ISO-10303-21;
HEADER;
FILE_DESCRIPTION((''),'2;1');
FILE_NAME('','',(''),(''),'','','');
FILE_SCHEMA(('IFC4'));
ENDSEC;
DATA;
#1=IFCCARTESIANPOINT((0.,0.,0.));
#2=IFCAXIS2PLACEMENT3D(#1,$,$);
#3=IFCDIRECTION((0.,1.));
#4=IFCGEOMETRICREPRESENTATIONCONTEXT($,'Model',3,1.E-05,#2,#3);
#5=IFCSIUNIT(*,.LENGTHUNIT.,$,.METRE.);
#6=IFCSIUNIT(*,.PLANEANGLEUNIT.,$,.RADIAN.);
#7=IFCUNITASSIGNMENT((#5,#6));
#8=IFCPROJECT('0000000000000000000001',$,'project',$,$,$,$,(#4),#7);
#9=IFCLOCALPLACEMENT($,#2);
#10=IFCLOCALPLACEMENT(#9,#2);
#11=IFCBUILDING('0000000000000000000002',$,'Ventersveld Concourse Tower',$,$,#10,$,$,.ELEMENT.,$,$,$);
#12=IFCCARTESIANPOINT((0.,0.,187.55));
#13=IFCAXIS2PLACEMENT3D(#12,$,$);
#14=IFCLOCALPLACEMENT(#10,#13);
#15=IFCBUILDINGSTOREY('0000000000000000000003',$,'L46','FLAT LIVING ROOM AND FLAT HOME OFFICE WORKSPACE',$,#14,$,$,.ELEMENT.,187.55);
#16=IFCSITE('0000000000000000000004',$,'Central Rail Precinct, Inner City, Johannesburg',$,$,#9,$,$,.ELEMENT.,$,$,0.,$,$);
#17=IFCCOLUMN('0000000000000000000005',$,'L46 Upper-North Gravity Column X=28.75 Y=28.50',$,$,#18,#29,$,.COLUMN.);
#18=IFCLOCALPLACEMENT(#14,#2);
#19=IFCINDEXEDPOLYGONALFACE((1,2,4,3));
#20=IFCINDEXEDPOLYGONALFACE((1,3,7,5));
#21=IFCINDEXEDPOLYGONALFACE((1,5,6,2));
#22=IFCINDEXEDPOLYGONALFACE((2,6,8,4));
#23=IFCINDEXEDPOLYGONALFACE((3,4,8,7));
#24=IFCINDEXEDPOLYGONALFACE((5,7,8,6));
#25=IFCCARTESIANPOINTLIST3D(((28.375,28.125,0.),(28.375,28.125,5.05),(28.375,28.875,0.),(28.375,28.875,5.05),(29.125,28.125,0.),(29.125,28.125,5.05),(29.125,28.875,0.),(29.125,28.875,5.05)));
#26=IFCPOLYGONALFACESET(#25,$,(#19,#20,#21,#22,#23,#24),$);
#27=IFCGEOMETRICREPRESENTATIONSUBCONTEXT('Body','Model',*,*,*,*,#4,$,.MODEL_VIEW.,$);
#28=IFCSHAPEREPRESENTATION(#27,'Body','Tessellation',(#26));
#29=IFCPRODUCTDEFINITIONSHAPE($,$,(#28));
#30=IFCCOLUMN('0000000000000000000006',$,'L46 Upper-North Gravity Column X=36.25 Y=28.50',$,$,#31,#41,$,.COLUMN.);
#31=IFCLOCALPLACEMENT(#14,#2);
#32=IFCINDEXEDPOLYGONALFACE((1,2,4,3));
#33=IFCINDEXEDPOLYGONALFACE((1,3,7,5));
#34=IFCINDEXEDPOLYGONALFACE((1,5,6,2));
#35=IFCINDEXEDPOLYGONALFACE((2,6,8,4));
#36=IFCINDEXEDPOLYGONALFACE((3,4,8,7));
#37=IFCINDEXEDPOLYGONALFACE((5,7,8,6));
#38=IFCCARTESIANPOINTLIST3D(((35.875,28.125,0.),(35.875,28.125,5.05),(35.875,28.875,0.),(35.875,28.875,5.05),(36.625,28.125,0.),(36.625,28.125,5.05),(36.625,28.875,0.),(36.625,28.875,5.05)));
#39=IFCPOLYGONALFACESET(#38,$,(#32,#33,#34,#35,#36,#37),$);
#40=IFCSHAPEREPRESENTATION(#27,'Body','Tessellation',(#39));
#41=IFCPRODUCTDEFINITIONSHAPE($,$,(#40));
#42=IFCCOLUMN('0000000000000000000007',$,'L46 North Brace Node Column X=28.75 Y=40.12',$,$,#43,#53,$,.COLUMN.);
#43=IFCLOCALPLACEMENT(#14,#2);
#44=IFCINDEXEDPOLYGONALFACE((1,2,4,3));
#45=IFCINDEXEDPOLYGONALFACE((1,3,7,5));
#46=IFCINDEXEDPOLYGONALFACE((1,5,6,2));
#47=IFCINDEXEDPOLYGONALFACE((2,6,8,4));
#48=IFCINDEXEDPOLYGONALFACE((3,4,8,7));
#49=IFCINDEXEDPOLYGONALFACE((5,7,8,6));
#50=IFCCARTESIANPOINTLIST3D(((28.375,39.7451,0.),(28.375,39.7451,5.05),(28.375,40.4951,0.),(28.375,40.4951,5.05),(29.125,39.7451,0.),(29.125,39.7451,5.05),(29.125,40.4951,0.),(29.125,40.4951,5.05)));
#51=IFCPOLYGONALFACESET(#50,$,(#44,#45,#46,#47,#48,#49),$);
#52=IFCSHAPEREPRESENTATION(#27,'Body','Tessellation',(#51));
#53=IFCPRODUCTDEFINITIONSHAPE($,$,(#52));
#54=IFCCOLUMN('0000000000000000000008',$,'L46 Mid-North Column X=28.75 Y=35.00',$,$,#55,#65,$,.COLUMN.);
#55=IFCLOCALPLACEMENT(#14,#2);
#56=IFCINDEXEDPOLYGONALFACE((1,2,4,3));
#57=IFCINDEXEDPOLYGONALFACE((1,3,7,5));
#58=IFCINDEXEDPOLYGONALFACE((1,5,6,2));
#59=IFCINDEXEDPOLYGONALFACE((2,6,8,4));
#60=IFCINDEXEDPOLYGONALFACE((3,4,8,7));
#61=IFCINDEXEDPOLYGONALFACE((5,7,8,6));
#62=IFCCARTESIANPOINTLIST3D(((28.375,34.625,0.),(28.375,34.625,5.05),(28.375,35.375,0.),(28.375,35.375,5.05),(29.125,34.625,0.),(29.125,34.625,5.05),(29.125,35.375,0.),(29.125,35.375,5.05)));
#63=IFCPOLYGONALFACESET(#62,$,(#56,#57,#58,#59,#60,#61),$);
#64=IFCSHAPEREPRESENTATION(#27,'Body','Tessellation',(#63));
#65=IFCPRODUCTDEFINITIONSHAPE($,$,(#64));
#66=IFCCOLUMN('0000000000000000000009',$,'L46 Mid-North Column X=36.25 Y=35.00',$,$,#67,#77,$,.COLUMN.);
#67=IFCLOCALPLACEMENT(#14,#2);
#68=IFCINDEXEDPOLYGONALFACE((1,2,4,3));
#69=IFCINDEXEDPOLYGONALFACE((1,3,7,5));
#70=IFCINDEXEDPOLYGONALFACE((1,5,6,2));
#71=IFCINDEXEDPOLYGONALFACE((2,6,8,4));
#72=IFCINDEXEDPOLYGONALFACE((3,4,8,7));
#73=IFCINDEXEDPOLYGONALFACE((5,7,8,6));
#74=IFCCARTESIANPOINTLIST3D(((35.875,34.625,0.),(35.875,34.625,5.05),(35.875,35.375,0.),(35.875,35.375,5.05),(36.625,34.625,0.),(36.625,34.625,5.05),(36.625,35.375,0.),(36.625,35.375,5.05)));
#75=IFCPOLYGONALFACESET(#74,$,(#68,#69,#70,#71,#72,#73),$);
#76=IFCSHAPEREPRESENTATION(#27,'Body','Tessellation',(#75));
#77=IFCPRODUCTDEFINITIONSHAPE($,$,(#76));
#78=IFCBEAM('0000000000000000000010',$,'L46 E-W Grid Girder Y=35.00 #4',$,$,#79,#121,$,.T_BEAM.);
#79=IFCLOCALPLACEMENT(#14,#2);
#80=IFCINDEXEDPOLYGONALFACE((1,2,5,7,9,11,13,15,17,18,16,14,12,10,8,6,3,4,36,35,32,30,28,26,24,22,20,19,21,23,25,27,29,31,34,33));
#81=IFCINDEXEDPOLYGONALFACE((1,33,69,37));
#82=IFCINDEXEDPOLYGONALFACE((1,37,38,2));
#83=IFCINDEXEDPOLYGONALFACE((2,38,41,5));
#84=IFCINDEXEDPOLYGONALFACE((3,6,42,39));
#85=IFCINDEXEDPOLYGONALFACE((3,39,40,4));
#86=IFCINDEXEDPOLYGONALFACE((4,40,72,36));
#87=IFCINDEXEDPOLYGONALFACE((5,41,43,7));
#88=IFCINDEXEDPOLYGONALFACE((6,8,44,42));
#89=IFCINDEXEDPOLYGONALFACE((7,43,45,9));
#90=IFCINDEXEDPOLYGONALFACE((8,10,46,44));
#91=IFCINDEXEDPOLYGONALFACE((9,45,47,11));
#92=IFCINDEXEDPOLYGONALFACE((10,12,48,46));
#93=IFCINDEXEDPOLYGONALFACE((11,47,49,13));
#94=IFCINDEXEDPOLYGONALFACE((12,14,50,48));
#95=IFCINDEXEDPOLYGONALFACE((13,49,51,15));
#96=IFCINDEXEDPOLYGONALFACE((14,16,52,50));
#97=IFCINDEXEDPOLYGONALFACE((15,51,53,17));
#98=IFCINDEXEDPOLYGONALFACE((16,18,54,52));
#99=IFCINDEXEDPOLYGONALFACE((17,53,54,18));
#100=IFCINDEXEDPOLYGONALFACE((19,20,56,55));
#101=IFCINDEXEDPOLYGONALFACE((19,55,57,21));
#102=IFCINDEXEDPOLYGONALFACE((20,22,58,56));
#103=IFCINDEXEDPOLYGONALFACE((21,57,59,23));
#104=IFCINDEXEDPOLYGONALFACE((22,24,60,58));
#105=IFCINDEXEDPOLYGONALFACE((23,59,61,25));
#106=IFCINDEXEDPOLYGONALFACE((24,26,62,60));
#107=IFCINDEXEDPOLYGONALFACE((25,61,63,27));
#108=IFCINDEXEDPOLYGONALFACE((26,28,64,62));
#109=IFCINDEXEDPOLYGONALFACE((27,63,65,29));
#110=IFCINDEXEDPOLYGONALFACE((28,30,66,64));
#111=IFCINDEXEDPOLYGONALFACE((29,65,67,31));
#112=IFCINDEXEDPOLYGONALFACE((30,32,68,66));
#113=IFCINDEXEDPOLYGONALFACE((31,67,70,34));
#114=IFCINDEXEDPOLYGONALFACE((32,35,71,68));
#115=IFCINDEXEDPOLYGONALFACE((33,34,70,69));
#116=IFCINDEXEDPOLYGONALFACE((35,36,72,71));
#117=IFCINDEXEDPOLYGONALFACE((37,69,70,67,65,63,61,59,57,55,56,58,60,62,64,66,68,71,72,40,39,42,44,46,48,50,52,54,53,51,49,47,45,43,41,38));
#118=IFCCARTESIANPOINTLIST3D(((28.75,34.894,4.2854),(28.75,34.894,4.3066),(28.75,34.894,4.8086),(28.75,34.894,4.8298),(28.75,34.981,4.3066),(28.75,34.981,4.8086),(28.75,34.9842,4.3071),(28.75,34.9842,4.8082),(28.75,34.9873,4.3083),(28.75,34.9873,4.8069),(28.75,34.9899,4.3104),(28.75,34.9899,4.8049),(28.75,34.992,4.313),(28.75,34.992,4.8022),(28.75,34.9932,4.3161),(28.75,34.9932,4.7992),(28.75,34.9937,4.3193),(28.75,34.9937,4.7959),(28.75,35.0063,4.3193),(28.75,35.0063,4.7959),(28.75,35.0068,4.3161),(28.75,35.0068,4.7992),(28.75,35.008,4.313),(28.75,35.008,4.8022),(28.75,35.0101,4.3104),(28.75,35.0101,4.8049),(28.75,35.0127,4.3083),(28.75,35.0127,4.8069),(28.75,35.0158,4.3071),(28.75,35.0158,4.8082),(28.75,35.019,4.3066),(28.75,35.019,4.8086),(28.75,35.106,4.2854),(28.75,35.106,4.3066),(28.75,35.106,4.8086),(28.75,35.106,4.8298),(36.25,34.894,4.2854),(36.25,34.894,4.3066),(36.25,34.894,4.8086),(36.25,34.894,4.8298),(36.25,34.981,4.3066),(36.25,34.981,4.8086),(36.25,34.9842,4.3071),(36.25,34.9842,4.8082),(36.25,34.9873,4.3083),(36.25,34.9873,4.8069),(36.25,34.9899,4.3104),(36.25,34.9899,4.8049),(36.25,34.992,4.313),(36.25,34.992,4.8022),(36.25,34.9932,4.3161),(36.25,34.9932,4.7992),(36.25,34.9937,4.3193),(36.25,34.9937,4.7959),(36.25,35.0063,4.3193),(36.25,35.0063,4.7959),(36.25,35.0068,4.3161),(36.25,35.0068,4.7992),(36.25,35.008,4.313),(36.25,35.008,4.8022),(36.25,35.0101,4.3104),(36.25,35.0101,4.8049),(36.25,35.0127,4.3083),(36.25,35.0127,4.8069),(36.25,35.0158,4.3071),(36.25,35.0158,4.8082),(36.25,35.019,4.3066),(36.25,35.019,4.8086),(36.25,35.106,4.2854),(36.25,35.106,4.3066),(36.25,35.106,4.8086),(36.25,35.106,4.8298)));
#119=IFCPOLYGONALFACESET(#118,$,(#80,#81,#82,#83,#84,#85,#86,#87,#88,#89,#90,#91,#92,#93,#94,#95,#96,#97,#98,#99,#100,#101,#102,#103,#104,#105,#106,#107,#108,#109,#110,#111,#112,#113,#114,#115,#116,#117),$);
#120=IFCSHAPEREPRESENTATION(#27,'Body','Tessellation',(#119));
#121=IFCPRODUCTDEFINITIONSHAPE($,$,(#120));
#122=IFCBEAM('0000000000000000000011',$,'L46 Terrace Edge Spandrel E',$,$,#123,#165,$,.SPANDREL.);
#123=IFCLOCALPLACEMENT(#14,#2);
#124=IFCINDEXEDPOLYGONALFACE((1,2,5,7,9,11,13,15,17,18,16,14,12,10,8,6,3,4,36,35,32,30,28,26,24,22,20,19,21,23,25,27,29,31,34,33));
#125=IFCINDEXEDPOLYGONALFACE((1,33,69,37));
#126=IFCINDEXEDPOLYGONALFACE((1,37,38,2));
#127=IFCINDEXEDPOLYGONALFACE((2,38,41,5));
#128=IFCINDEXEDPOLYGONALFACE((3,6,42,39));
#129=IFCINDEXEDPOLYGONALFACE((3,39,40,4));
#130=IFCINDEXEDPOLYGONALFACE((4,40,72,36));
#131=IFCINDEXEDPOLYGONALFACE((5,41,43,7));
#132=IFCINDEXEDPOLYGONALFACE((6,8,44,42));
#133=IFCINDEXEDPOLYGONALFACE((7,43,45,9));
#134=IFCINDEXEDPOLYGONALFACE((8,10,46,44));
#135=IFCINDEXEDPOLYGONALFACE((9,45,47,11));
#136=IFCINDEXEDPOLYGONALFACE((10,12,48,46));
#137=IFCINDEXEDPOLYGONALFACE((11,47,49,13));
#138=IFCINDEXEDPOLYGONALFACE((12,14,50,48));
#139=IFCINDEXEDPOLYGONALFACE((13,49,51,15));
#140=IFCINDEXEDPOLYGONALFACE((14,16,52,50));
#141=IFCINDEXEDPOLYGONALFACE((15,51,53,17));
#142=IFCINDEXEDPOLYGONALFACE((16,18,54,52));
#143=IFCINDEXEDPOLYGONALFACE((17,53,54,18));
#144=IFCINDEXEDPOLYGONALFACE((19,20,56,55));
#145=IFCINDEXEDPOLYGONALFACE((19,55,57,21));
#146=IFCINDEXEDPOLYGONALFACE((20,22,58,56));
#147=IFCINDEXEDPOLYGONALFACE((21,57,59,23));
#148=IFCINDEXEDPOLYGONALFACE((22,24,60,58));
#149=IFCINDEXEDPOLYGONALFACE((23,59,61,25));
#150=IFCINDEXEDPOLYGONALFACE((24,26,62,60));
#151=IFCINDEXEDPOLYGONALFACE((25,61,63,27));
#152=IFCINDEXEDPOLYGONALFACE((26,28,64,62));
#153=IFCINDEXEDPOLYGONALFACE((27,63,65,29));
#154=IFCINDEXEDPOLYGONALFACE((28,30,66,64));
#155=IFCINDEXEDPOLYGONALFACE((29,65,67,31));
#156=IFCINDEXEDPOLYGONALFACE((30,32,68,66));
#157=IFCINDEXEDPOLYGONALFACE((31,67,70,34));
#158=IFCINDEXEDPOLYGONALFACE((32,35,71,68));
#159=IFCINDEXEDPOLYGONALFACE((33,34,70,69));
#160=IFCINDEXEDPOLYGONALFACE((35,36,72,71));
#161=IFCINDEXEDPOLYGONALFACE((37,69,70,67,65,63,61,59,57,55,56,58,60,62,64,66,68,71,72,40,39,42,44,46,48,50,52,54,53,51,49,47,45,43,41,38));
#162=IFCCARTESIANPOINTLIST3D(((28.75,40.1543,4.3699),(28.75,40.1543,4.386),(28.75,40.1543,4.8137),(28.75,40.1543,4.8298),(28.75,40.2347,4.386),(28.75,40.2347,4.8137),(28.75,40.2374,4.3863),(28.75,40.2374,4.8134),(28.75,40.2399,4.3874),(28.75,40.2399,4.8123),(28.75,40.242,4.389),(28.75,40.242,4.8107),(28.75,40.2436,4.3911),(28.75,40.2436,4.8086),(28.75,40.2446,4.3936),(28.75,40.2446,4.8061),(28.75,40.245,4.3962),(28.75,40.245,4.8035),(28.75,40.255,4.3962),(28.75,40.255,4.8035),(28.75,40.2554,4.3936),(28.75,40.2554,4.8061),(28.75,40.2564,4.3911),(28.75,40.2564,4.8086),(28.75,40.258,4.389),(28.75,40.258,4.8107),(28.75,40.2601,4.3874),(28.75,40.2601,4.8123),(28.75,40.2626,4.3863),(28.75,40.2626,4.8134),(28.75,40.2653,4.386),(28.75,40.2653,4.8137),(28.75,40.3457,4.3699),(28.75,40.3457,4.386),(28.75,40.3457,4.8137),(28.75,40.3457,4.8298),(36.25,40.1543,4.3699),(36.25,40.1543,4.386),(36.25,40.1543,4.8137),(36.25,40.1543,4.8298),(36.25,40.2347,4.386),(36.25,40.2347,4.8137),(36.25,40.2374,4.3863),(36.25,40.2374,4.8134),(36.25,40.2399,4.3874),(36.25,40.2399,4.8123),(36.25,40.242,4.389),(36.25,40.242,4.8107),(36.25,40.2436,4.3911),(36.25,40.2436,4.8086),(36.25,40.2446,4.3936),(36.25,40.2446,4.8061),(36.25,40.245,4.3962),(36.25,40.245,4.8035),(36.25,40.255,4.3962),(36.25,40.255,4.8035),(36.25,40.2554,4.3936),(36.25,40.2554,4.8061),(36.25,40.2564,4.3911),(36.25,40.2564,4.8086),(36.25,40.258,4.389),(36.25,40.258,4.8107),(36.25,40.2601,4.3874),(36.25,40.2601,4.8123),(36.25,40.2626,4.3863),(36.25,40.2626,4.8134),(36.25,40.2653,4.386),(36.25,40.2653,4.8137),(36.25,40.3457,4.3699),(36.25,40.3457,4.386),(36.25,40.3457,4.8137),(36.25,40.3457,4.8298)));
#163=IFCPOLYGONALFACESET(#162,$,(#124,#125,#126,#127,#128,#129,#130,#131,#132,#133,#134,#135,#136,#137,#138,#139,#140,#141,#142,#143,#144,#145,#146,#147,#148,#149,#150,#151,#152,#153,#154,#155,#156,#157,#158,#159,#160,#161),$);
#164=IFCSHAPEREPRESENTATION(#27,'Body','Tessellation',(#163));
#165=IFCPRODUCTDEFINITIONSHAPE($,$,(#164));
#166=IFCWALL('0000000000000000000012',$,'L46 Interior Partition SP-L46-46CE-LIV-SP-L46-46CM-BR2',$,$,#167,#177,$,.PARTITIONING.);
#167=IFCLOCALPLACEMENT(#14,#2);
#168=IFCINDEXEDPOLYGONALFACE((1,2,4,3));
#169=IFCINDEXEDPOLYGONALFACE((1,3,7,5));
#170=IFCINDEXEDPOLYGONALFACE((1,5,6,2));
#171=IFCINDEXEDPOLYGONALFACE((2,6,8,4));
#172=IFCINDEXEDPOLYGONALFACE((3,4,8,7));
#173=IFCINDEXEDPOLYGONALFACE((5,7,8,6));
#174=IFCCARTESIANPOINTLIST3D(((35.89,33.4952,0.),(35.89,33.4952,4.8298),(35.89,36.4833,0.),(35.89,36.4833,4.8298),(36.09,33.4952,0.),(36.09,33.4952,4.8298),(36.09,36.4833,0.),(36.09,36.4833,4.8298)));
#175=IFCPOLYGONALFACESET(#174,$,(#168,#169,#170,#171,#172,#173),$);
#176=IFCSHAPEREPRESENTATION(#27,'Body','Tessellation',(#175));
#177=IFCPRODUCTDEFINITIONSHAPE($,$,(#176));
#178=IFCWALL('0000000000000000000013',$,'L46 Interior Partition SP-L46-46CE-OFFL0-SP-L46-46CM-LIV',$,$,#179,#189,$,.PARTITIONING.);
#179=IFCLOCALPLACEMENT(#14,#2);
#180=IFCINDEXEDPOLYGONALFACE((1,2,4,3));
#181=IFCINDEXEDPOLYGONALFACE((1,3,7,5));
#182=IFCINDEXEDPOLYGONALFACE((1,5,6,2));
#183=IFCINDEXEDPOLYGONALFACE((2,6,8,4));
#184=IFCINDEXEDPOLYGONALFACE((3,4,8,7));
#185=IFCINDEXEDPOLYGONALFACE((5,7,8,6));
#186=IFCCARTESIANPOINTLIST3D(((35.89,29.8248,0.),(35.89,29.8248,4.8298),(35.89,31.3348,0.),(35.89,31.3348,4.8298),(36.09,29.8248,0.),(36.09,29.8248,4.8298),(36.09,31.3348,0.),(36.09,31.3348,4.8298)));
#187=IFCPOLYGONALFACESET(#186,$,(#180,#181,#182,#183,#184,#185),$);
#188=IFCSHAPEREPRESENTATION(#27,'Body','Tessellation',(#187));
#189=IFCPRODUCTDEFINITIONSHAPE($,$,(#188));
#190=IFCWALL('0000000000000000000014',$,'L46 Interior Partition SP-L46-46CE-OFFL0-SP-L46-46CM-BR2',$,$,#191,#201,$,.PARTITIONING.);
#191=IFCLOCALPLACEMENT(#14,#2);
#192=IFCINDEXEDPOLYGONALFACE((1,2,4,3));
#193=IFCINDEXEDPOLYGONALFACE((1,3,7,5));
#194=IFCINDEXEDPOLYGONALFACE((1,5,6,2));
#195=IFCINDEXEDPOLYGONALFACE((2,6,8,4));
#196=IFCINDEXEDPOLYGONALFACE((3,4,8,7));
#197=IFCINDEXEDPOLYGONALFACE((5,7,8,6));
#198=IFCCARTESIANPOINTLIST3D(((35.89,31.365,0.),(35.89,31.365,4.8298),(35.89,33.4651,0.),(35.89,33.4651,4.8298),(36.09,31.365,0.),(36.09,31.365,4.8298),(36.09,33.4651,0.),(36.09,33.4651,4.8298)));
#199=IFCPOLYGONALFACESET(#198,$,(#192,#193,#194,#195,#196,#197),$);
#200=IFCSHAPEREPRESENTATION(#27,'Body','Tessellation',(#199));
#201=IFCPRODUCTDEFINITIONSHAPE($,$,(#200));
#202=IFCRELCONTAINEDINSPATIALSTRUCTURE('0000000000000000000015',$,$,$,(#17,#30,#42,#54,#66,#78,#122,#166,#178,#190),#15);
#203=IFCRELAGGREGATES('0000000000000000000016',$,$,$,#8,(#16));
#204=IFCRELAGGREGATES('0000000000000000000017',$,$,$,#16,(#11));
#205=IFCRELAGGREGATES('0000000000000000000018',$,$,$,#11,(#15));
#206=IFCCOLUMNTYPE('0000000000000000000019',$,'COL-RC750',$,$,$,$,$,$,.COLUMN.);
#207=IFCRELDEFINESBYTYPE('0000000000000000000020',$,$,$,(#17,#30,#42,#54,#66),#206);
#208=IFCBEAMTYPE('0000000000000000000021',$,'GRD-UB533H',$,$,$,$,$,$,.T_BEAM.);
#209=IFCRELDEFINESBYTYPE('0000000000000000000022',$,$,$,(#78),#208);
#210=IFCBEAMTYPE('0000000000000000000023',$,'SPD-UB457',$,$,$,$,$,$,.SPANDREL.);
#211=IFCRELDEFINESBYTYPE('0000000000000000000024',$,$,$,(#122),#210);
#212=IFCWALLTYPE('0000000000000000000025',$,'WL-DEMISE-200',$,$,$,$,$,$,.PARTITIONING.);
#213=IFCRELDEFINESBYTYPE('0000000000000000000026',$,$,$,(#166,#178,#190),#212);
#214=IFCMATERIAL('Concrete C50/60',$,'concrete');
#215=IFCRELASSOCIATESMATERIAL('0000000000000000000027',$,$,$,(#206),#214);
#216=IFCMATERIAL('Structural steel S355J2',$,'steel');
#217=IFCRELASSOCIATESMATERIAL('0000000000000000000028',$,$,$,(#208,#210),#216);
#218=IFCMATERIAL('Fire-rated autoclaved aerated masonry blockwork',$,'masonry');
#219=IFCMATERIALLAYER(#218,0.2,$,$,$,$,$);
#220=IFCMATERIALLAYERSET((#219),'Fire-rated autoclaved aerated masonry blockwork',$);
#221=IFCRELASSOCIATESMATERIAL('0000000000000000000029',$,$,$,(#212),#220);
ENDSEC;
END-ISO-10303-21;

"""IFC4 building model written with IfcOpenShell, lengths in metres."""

from ifc_helpers import new_model, si_unit, direction, frame, frame_2d, origin, origin_2d, place, context, subcontext, project, spatial, rectangle, i_section, extrude, material, layer, layer_set, material_profile, profile_set, type_object, element, save


model = new_model("IFC4")

# Units and contexts
model_context = context("Model", 3, precision=1e-05, world=origin(), true_north=direction((0.0, 1.0)))
body_context = subcontext(model_context, "Body", "Model", "MODEL_VIEW")
ifc_project = project(units=[si_unit("LENGTHUNIT", "METRE"), si_unit("PLANEANGLEUNIT", "RADIAN")], contexts=[model_context])

# Site, building, storey
site_placement = place(None, origin())
site = spatial("IfcSite", under=ifc_project, at=site_placement, Name="Central Rail Precinct, Inner City, Johannesburg", CompositionType="ELEMENT", RefElevation=0.0)
building_placement = place(site_placement, origin())
building = spatial("IfcBuilding", under=site, at=building_placement, Name="Ventersveld Concourse Tower", CompositionType="ELEMENT")
storey_placement = place(building_placement, frame((0.0, 0.0, 187.55)))
storey = spatial("IfcBuildingStorey", under=building, at=storey_placement, Name="L46", Description="FLAT LIVING ROOM AND FLAT HOME OFFICE WORKSPACE", CompositionType="ELEMENT", Elevation=187.55)

# Columns
ifc_material_1 = material(Name="Concrete C50/60", Category="concrete")
ifc_material_profile_1 = material_profile(ifc_material_1, rectangle(XDim=0.75, YDim=0.75, at=origin_2d()), Name="RC 750x750")
ifc_profile_set_1 = profile_set([ifc_material_profile_1], Name="Concrete C50/60")
column_type = type_object("IfcColumnType", Name="COL-RC750", PredefinedType="COLUMN", material=ifc_profile_set_1)
for number, where, z_axis, x_axis, name in (
    (1, (28.75, 28.5, 0.0), (0.0, 0.0, 1.0), (1.0, 0.0, 0.0), "L46 Upper-North Gravity Column X=28.75 Y=28.50"),
    (2, (36.25, 28.5, 0.0), (0.0, 0.0, 1.0), (1.0, 0.0, 0.0), "L46 Upper-North Gravity Column X=36.25 Y=28.50"),
    (3, (28.75, 40.1201, 0.0), (0.0, 0.0, 1.0), (1.0, 0.0, 0.0), "L46 North Brace Node Column X=28.75 Y=40.12"),
    (4, (28.75, 35.0, 0.0), (0.0, 0.0, 1.0), (1.0, 0.0, 0.0), "L46 Mid-North Column X=28.75 Y=35.00"),
    (5, (36.25, 35.0, 0.0), (0.0, 0.0, 1.0), (1.0, 0.0, 0.0), "L46 Mid-North Column X=36.25 Y=35.00"),
):
    element("IfcColumn", number, at=place(storey_placement, frame(where, z_axis=z_axis, x_axis=x_axis)), inside=storey, type_object=column_type, Name=name, PredefinedType="COLUMN", context=body_context, shape_type="SweptSolid", body=[
        extrude(rectangle(XDim=0.75, YDim=0.75, at=origin_2d()), origin(), (0.0, 0.0, 1.0), 5.05),
    ])

# Beams
ifc_material_2 = material(Name="Structural steel S355J2", Category="steel")
ifc_material_profile_2 = material_profile(ifc_material_2, i_section(OverallWidth=0.2119, OverallDepth=0.5444, WebThickness=0.0127, FlangeThickness=0.0212, FilletRadius=0.0127, at=origin_2d()), Name="UB 533x210x122")
ifc_profile_set_2 = profile_set([ifc_material_profile_2], Name="Structural steel S355J2")
beam_type_1 = type_object("IfcBeamType", Name="GRD-UB533H", PredefinedType="T_BEAM", material=ifc_profile_set_2)
beam_1_placement = place(storey_placement, frame((28.75, 35.0, 4.5576), z_axis=(1.0, 0.0, 0.0), x_axis=(0.0, 1.0, 0.0)))
element("IfcBeam", 6, at=beam_1_placement, inside=storey, type_object=beam_type_1, Name="L46 E-W Grid Girder Y=35.00 #4", PredefinedType="T_BEAM", context=body_context, shape_type="SweptSolid", body=[
    extrude(i_section(OverallWidth=0.2119, OverallDepth=0.5444, WebThickness=0.0127, FlangeThickness=0.0212, FilletRadius=0.0127, at=origin_2d()), origin(), (0.0, 0.0, 1.0), 7.5),
])
ifc_material_profile_3 = material_profile(ifc_material_2, i_section(OverallWidth=0.1914, OverallDepth=0.46, WebThickness=0.01, FlangeThickness=0.0161, FilletRadius=0.0103, at=origin_2d()), Name="UB 457x191x82")
ifc_profile_set_3 = profile_set([ifc_material_profile_3], Name="Structural steel S355J2")
beam_type_2 = type_object("IfcBeamType", Name="SPD-UB457", PredefinedType="SPANDREL", material=ifc_profile_set_3)
beam_2_placement = place(storey_placement, frame((28.75, 40.25, 4.5999), z_axis=(1.0, 0.0, 0.0), x_axis=(0.0, 1.0, 0.0)))
element("IfcBeam", 7, at=beam_2_placement, inside=storey, type_object=beam_type_2, Name="L46 Terrace Edge Spandrel E", PredefinedType="SPANDREL", context=body_context, shape_type="SweptSolid", body=[
    extrude(i_section(OverallWidth=0.1914, OverallDepth=0.46, WebThickness=0.01, FlangeThickness=0.0161, FilletRadius=0.0103, at=origin_2d()), origin(), (0.0, 0.0, 1.0), 7.5),
])

# Walls
ifc_material_3 = material(Name="Fire-rated autoclaved aerated masonry blockwork", Category="masonry")
ifc_layer_1 = layer(ifc_material_3, 0.2)
ifc_layer_set_1 = layer_set([ifc_layer_1], Name="Fire-rated autoclaved aerated masonry blockwork")
wall_type_1 = type_object("IfcWallType", Name="WL-DEMISE-200", PredefinedType="PARTITIONING", material=ifc_layer_set_1)
wall_1_placement = place(storey_placement, frame((35.99, 33.4951, 0.0), z_axis=(0.0, 0.0, 1.0), x_axis=(0.0, 1.0, 0.0)))
element("IfcWall", 8, at=wall_1_placement, inside=storey, type_object=wall_type_1, Name="L46 Interior Partition SP-L46-46CE-LIV-SP-L46-46CM-BR2", PredefinedType="PARTITIONING", context=body_context, shape_type="SweptSolid", body=[
    extrude(rectangle(XDim=2.988, YDim=0.2, at=frame_2d((1.4941, 0.0))), origin(), (0.0, 0.0, 1.0), 4.8298),
])
wall_2_placement = place(storey_placement, frame((35.99, 29.825, 0.0), z_axis=(0.0, 0.0, 1.0), x_axis=(0.0, 1.0, 0.0)))
element("IfcWall", 9, at=wall_2_placement, inside=storey, type_object=wall_type_1, Name="L46 Interior Partition SP-L46-46CE-OFFL0-SP-L46-46CM-LIV", PredefinedType="PARTITIONING", context=body_context, shape_type="SweptSolid", body=[
    extrude(rectangle(XDim=1.51, YDim=0.2, at=frame_2d((0.7549, 0.0))), origin(), (0.0, 0.0, 1.0), 4.8298),
])
wall_3_placement = place(storey_placement, frame((35.99, 31.365, 0.0), z_axis=(0.0, 0.0, 1.0), x_axis=(0.0, 1.0, 0.0)))
element("IfcWall", 10, at=wall_3_placement, inside=storey, type_object=wall_type_1, Name="L46 Interior Partition SP-L46-46CE-OFFL0-SP-L46-46CM-BR2", PredefinedType="PARTITIONING", context=body_context, shape_type="SweptSolid", body=[
    extrude(rectangle(XDim=2.1001, YDim=0.2, at=frame_2d((1.05, 0.0))), origin(), (0.0, 0.0, 1.0), 4.8298),
])

save(model, "model.ifc")
